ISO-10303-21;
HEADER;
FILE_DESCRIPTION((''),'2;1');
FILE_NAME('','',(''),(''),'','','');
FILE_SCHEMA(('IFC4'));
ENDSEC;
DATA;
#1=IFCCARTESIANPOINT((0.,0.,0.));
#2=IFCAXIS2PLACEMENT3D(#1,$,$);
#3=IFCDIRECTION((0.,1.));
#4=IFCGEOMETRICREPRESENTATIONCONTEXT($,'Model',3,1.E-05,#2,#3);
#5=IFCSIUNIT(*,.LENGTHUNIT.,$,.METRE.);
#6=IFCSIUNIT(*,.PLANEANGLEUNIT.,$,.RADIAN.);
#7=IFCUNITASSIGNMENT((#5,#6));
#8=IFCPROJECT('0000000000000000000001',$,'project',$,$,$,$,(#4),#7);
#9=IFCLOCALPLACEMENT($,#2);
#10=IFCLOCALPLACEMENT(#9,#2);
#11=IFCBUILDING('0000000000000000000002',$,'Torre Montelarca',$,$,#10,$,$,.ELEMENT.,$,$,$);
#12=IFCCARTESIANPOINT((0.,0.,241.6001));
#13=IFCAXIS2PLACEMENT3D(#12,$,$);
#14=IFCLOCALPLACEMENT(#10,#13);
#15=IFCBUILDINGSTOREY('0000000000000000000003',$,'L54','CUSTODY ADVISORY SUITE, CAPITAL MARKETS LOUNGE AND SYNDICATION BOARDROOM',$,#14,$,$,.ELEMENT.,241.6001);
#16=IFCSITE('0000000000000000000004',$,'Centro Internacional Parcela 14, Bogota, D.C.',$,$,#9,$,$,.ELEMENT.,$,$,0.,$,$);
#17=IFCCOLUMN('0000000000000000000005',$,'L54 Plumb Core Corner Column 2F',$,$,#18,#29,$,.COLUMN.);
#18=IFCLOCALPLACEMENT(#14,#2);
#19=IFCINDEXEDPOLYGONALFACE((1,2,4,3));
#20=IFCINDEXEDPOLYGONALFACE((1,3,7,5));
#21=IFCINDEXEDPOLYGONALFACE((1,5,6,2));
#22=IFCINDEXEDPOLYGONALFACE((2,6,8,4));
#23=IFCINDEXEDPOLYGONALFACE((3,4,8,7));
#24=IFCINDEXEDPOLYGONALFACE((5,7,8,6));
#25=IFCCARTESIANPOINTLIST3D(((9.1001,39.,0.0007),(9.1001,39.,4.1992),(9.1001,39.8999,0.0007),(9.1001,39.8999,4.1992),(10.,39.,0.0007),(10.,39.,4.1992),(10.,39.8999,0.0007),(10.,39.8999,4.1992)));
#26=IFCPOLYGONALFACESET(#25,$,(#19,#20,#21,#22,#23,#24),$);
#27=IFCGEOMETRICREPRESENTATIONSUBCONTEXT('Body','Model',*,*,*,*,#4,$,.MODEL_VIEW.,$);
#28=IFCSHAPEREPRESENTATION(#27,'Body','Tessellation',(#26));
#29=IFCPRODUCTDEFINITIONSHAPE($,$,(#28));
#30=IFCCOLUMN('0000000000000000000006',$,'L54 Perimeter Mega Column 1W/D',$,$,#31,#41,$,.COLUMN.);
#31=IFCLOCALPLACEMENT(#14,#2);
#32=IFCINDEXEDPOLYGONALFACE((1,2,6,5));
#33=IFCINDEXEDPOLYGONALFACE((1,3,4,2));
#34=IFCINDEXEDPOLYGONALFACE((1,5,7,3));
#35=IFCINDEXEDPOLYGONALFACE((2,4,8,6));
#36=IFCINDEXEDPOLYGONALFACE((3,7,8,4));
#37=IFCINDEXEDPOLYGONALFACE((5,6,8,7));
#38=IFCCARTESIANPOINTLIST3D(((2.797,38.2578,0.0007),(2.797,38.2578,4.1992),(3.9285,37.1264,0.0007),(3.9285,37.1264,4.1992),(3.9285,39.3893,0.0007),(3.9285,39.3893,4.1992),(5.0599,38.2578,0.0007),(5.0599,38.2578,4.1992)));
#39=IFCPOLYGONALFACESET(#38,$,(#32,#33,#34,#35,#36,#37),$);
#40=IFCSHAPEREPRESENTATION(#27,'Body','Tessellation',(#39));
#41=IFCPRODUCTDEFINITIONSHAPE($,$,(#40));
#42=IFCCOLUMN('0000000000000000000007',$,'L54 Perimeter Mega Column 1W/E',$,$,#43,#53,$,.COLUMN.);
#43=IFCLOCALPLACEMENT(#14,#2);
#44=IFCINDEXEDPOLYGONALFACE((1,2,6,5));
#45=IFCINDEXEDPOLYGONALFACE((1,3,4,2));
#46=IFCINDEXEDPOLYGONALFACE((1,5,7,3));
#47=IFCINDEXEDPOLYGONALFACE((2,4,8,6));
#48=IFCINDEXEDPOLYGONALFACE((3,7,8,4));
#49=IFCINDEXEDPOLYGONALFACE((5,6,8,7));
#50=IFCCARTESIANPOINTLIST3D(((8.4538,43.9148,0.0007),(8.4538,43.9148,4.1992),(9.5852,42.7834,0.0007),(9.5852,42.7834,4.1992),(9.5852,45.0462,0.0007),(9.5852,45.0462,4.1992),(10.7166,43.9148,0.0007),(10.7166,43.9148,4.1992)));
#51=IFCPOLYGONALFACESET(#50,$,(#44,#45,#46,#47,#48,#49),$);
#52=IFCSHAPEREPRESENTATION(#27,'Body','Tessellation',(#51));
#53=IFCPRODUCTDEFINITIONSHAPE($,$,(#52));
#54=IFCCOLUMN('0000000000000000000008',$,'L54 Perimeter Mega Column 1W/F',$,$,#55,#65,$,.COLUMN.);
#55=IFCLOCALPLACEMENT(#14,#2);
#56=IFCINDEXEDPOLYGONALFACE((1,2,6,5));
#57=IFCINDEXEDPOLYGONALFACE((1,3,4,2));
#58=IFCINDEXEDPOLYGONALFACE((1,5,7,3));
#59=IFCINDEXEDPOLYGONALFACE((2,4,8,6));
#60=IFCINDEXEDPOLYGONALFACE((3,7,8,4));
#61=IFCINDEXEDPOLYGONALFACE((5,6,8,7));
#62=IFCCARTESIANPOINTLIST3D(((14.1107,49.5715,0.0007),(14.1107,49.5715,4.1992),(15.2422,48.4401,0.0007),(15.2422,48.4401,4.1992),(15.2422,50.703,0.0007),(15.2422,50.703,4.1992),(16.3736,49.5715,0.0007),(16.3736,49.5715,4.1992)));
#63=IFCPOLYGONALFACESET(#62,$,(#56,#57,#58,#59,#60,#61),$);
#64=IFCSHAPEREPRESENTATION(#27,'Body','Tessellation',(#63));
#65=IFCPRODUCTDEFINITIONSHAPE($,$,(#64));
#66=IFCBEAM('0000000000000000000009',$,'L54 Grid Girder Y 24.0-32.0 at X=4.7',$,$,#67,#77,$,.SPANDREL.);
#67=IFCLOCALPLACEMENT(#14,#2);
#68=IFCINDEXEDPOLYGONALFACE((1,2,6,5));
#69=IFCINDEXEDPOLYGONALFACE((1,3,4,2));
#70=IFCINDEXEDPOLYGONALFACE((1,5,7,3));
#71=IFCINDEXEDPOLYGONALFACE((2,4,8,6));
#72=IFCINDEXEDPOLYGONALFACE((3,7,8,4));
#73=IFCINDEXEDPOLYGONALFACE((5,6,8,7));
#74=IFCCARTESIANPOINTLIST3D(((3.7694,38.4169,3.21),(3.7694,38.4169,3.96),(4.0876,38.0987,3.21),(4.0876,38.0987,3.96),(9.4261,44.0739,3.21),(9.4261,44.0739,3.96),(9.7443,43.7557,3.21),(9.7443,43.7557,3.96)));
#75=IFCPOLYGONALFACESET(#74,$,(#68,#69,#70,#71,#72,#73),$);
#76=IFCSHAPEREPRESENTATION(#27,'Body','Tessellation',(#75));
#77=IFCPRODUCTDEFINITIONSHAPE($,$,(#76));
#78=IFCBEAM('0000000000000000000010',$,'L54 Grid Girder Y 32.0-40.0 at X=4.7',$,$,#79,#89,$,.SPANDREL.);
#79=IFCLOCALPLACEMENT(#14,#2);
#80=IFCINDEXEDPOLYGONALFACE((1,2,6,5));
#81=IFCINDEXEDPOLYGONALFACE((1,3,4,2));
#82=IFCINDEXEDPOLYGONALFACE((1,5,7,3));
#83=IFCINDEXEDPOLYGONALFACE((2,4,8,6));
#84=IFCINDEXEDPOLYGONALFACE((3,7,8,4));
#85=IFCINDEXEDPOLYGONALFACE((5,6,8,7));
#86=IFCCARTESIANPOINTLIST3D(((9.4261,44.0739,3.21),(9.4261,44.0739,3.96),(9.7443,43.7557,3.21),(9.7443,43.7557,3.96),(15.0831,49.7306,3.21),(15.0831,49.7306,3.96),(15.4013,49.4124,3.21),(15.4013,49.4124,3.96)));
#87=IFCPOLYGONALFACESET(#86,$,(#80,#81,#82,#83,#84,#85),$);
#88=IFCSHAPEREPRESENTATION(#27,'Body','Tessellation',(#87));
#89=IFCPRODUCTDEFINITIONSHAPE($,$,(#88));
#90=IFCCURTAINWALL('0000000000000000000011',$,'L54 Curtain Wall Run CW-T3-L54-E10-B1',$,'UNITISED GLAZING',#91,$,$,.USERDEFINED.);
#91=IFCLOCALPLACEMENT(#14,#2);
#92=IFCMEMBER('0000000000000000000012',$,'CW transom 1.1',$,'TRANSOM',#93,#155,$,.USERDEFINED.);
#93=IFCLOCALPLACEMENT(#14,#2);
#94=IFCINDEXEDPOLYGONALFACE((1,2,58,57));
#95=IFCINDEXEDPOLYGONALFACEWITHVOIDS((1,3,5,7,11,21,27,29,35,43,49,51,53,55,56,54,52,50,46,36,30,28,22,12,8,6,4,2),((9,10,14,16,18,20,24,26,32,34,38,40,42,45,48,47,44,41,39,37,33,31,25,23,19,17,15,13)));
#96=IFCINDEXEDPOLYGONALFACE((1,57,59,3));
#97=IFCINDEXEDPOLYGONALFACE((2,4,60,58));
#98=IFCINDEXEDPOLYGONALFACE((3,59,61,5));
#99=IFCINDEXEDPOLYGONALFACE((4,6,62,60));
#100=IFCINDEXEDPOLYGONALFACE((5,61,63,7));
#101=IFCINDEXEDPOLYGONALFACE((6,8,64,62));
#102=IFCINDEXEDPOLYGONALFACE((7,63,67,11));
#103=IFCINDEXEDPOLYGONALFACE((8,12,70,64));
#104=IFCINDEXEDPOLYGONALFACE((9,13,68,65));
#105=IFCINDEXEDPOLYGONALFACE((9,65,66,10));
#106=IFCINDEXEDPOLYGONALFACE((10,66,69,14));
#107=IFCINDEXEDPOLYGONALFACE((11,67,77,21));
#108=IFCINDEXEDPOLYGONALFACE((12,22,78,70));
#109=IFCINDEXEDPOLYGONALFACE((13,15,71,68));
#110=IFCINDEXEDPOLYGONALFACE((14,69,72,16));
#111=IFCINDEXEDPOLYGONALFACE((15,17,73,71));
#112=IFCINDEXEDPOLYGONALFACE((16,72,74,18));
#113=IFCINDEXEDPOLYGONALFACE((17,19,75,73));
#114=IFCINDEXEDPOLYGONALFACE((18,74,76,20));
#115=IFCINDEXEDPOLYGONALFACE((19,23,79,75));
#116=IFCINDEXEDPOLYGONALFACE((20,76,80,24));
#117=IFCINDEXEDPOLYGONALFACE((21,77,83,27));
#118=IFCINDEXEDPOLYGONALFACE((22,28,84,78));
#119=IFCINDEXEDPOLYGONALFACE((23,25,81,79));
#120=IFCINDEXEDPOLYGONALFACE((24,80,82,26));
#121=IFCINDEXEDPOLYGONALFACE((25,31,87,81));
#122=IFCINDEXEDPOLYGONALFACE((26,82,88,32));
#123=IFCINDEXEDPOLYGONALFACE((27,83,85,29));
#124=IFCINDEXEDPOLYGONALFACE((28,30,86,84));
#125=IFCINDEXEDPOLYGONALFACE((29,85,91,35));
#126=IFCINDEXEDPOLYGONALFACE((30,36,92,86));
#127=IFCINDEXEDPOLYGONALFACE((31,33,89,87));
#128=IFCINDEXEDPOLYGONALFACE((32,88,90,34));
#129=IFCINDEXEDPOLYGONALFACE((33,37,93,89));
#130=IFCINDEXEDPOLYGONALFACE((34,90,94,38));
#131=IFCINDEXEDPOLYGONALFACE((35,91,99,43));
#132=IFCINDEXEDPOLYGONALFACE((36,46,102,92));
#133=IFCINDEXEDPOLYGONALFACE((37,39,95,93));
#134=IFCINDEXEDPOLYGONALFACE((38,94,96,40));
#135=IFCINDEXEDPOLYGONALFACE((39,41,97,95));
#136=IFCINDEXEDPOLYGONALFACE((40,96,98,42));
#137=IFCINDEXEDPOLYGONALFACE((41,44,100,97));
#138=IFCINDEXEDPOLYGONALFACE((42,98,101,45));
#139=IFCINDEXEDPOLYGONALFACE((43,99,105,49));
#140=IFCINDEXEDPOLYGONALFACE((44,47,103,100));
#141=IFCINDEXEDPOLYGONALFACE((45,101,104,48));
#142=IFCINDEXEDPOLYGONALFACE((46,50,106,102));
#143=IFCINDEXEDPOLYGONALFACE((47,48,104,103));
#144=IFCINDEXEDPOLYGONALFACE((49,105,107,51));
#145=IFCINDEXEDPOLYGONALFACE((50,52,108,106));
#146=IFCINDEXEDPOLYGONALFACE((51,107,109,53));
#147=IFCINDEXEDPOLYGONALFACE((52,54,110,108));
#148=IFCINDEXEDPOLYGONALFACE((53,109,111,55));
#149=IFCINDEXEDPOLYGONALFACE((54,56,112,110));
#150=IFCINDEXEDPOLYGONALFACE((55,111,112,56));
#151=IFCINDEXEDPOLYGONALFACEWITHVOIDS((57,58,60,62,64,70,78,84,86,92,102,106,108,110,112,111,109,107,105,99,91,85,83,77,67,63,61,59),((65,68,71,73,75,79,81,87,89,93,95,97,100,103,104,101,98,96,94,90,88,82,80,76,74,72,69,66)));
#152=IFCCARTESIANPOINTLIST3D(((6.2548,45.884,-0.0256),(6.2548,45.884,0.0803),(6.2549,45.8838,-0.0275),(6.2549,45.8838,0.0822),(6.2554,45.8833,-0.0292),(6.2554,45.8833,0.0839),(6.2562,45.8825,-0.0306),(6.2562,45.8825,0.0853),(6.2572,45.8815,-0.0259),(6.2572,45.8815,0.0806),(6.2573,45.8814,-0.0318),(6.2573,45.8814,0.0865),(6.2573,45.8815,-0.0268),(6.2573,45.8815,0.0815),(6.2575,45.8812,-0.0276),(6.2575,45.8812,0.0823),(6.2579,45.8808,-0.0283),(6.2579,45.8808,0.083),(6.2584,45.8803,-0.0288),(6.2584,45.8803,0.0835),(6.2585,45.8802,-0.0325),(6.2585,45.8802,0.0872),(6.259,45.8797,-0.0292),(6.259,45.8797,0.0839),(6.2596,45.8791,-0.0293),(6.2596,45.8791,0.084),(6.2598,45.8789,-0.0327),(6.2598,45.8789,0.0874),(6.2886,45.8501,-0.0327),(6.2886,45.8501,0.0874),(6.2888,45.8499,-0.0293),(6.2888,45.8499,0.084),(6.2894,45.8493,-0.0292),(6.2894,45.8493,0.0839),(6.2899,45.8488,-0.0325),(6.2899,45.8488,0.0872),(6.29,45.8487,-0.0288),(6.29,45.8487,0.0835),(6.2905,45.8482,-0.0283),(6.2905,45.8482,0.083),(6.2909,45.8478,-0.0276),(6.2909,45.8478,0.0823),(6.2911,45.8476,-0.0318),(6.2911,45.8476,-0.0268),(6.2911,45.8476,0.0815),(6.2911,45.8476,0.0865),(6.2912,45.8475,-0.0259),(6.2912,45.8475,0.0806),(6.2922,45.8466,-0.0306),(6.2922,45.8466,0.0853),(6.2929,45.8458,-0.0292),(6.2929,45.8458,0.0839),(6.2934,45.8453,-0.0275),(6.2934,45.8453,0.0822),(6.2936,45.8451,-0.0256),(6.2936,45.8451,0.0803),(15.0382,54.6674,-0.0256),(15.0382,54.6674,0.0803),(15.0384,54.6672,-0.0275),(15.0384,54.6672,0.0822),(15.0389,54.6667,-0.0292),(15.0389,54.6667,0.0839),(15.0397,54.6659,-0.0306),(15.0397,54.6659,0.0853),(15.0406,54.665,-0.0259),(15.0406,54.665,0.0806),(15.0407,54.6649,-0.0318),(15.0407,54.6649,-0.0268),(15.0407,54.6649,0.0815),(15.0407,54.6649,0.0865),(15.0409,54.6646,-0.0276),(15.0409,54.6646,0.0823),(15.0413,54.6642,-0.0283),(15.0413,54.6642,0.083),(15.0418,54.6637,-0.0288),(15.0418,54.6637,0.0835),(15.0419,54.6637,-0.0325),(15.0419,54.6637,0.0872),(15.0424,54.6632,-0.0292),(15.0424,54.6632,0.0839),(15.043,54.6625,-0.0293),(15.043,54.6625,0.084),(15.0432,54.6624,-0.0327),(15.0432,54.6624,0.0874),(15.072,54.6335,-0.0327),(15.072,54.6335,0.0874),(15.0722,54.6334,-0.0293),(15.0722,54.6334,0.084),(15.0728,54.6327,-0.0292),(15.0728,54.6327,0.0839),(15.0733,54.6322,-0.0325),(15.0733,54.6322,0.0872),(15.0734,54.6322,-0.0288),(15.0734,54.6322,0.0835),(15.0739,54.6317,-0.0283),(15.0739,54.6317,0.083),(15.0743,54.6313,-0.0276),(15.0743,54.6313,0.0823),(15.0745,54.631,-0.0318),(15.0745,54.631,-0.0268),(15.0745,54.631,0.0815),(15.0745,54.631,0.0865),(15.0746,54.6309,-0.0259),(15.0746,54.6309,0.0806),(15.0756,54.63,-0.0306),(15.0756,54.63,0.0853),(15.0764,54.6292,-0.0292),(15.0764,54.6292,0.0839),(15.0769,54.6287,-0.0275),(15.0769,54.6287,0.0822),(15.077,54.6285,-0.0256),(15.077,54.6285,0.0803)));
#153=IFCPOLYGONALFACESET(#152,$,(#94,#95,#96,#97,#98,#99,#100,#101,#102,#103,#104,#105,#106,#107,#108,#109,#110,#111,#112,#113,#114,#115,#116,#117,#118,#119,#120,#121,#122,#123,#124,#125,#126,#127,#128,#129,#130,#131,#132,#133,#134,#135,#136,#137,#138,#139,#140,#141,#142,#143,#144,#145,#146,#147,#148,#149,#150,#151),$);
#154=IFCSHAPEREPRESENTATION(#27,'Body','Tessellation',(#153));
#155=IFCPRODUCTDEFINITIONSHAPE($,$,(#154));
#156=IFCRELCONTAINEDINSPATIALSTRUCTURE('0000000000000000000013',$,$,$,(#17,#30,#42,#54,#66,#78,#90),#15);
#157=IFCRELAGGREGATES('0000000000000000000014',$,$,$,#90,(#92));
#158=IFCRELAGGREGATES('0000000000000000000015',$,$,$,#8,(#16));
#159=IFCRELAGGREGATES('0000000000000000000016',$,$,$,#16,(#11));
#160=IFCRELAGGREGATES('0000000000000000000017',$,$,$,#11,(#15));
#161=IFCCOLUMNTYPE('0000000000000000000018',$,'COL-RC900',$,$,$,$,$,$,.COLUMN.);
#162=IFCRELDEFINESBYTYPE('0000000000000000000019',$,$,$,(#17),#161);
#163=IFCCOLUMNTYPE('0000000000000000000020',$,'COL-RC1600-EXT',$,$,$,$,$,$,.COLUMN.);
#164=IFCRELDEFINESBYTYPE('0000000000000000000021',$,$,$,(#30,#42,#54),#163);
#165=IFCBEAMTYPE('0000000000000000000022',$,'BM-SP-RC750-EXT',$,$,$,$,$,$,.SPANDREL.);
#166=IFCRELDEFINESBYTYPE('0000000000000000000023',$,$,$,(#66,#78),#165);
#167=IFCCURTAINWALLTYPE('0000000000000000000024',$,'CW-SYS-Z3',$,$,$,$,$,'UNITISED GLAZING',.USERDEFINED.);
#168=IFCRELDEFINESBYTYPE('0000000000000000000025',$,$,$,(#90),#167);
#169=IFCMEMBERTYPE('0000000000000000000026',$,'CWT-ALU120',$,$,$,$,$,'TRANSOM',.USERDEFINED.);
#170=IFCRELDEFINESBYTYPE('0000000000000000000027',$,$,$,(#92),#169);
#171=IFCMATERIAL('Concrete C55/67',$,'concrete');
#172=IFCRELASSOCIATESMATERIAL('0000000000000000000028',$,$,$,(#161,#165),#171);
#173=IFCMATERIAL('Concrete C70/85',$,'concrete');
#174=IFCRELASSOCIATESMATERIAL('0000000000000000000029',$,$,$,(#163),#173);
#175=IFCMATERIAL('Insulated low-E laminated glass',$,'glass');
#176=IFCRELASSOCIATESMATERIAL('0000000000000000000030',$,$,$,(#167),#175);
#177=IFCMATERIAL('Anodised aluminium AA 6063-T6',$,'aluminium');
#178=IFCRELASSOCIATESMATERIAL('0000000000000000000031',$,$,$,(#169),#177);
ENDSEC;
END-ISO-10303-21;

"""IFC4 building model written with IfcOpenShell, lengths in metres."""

from ifc_helpers import new_model, si_unit, direction, frame, origin, origin_2d, place, context, subcontext, project, spatial, rectangle, hollow_rectangle, extrude, source, transform, mapped, material, material_profile, profile_set, type_object, element, aggregate, save


model = new_model("IFC4")

# Units and contexts
model_context = context("Model", 3, precision=1e-05, world=origin(), true_north=direction((0.0, 1.0)))
body_context = subcontext(model_context, "Body", "Model", "MODEL_VIEW")
ifc_project = project(units=[si_unit("LENGTHUNIT", "METRE"), si_unit("PLANEANGLEUNIT", "RADIAN")], contexts=[model_context])

# Site, building, storey
site_placement = place(None, origin())
site = spatial("IfcSite", under=ifc_project, at=site_placement, Name="Centro Internacional Parcela 14, Bogota, D.C.", CompositionType="ELEMENT", RefElevation=0.0)
building_placement = place(site_placement, origin())
building = spatial("IfcBuilding", under=site, at=building_placement, Name="Torre Montelarca", CompositionType="ELEMENT")
storey_placement = place(building_placement, frame((0.0, 0.0, 241.6001)))
storey = spatial("IfcBuildingStorey", under=building, at=storey_placement, Name="L54", Description="CUSTODY ADVISORY SUITE, CAPITAL MARKETS LOUNGE AND SYNDICATION BOARDROOM", CompositionType="ELEMENT", Elevation=241.6001)

# Columns
ifc_material_1 = material(Name="Concrete C55/67", Category="concrete")
ifc_material_profile_1 = material_profile(ifc_material_1, rectangle(XDim=0.8999, YDim=0.8999, at=origin_2d()), Name="RC900X900", Category="concrete")
ifc_profile_set_1 = profile_set([ifc_material_profile_1], Name="Concrete C55/67")
column_type_1 = type_object("IfcColumnType", Name="COL-RC900", PredefinedType="COLUMN", material=ifc_profile_set_1)
shared_shape_1 = source(origin(), body_context, "Body", "SweptSolid", [
    extrude(rectangle(XDim=0.8999, YDim=0.8999, at=origin_2d()), origin(), (0.0, 0.0, 1.0), 4.1985),
])
column_placement = place(storey_placement, frame((9.55, 39.45, 0.0007), z_axis=(0.0, 0.0, 1.0), x_axis=(1.0, 0.0, 0.0)))
element("IfcColumn", 1, at=column_placement, inside=storey, type_object=column_type_1, Name="L54 Plumb Core Corner Column 2F", PredefinedType="COLUMN", context=body_context, shape_type="MappedRepresentation", body=[
    mapped(shared_shape_1, transform((0.0, 0.0, 0.0), scale=1.0)),
])
ifc_material_2 = material(Name="Concrete C70/85", Category="concrete")
ifc_material_profile_2 = material_profile(ifc_material_2, rectangle(XDim=1.6001, YDim=1.6001, at=origin_2d()), Name="RC1600X1600", Category="concrete")
ifc_profile_set_2 = profile_set([ifc_material_profile_2], Name="Concrete C70/85")
column_type_2 = type_object("IfcColumnType", Name="COL-RC1600-EXT", PredefinedType="COLUMN", material=ifc_profile_set_2)
shared_shape_2 = source(origin(), body_context, "Body", "SweptSolid", [
    extrude(rectangle(XDim=1.6001, YDim=1.6001, at=origin_2d()), origin(), (0.0, 0.0, 1.0), 4.1985),
])
for number, where, z_axis, x_axis, name in (
    (2, (3.9285, 38.2578, 0.0007), (0.0, 0.0, 1.0), (-0.707107, 0.707107, 0.0), "L54 Perimeter Mega Column 1W/D"),
    (3, (9.5852, 43.9148, 0.0007), (0.0, 0.0, 1.0), (-0.707107, 0.707107, 0.0), "L54 Perimeter Mega Column 1W/E"),
    (4, (15.2422, 49.5715, 0.0007), (0.0, 0.0, 1.0), (-0.707107, 0.707107, 0.0), "L54 Perimeter Mega Column 1W/F"),
):
    element("IfcColumn", number, at=place(storey_placement, frame(where, z_axis=z_axis, x_axis=x_axis)), inside=storey, type_object=column_type_2, Name=name, PredefinedType="COLUMN", context=body_context, shape_type="MappedRepresentation", body=[
        mapped(shared_shape_2, transform((0.0, 0.0, 0.0), scale=1.0)),
    ])

# Beams
ifc_material_profile_3 = material_profile(ifc_material_1, rectangle(XDim=0.45, YDim=0.75, at=origin_2d()), Name="RCB450X750", Category="concrete")
ifc_profile_set_3 = profile_set([ifc_material_profile_3], Name="Concrete C55/67")
beam_type = type_object("IfcBeamType", Name="BM-SP-RC750-EXT", PredefinedType="SPANDREL", material=ifc_profile_set_3)
shared_shape_3 = source(origin(), body_context, "Body", "SweptSolid", [
    extrude(rectangle(XDim=0.45, YDim=0.75, at=origin_2d()), origin(), (0.0, 0.0, 1.0), 8.0),
])
for number, where, z_axis, x_axis, name in (
    (5, (3.9285, 38.2578, 3.585), (0.707092, 0.707122, 0.0), (-0.707122, 0.707092, 0.0), "L54 Grid Girder Y 24.0-32.0 at X=4.7"),
    (6, (9.5852, 43.9148, 3.585), (0.707122, 0.707092, 0.0), (-0.707092, 0.707122, 0.0), "L54 Grid Girder Y 32.0-40.0 at X=4.7"),
):
    element("IfcBeam", number, at=place(storey_placement, frame(where, z_axis=z_axis, x_axis=x_axis)), inside=storey, type_object=beam_type, Name=name, PredefinedType="SPANDREL", context=body_context, shape_type="MappedRepresentation", body=[
        mapped(shared_shape_3, transform((0.0, 0.0, 0.0), scale=1.0)),
    ])

# Curtain wall, member
ifc_material_3 = material(Name="Insulated low-E laminated glass", Category="glass")
curtain_wall_type = type_object("IfcCurtainWallType", Name="CW-SYS-Z3", ElementType="UNITISED GLAZING", PredefinedType="USERDEFINED", material=ifc_material_3)
curtain_wall_1_placement = place(storey_placement, origin())
curtain_wall_1 = element("IfcCurtainWall", 7, at=curtain_wall_1_placement, inside=storey, type_object=curtain_wall_type, Name="L54 Curtain Wall Run CW-T3-L54-E10-B1", ObjectType="UNITISED GLAZING", PredefinedType="USERDEFINED")
ifc_material_4 = material(Name="Anodised aluminium AA 6063-T6", Category="aluminium")
ifc_material_profile_4 = material_profile(ifc_material_4, hollow_rectangle(XDim=0.0549, YDim=0.1201, WallThickness=0.0034, InnerFilletRadius=0.0034, OuterFilletRadius=0.0071, at=origin_2d()), Name="ALU55X120X3.5", Category="aluminium")
ifc_profile_set_4 = profile_set([ifc_material_profile_4], Name="Anodised aluminium AA 6063-T6")
member_type_1 = type_object("IfcMemberType", Name="CWT-ALU120", ElementType="TRANSOM", PredefinedType="USERDEFINED", material=ifc_profile_set_4)
shared_shape_4 = source(origin(), body_context, "Body", "SweptSolid", [
    extrude(hollow_rectangle(XDim=0.0549, YDim=0.1201, WallThickness=0.0034, InnerFilletRadius=0.0034, OuterFilletRadius=0.0071, at=origin_2d()), origin(), (0.0, 0.0, 1.0), 12.4216),
])
member_1_placement = place(storey_placement, frame((15.0576, 54.6479, 0.0273), z_axis=(-0.707107, -0.707107, 0.0), x_axis=(0.707107, -0.707107, 0.0)))
member_1 = element("IfcMember", 8, at=member_1_placement, type_object=member_type_1, Name="CW transom 1.1", ObjectType="TRANSOM", PredefinedType="USERDEFINED", context=body_context, shape_type="MappedRepresentation", body=[
    mapped(shared_shape_4, transform((0.0, 0.0, 0.0), scale=1.0)),
])

aggregate(curtain_wall_1, [member_1])

save(model, "model.ifc")
